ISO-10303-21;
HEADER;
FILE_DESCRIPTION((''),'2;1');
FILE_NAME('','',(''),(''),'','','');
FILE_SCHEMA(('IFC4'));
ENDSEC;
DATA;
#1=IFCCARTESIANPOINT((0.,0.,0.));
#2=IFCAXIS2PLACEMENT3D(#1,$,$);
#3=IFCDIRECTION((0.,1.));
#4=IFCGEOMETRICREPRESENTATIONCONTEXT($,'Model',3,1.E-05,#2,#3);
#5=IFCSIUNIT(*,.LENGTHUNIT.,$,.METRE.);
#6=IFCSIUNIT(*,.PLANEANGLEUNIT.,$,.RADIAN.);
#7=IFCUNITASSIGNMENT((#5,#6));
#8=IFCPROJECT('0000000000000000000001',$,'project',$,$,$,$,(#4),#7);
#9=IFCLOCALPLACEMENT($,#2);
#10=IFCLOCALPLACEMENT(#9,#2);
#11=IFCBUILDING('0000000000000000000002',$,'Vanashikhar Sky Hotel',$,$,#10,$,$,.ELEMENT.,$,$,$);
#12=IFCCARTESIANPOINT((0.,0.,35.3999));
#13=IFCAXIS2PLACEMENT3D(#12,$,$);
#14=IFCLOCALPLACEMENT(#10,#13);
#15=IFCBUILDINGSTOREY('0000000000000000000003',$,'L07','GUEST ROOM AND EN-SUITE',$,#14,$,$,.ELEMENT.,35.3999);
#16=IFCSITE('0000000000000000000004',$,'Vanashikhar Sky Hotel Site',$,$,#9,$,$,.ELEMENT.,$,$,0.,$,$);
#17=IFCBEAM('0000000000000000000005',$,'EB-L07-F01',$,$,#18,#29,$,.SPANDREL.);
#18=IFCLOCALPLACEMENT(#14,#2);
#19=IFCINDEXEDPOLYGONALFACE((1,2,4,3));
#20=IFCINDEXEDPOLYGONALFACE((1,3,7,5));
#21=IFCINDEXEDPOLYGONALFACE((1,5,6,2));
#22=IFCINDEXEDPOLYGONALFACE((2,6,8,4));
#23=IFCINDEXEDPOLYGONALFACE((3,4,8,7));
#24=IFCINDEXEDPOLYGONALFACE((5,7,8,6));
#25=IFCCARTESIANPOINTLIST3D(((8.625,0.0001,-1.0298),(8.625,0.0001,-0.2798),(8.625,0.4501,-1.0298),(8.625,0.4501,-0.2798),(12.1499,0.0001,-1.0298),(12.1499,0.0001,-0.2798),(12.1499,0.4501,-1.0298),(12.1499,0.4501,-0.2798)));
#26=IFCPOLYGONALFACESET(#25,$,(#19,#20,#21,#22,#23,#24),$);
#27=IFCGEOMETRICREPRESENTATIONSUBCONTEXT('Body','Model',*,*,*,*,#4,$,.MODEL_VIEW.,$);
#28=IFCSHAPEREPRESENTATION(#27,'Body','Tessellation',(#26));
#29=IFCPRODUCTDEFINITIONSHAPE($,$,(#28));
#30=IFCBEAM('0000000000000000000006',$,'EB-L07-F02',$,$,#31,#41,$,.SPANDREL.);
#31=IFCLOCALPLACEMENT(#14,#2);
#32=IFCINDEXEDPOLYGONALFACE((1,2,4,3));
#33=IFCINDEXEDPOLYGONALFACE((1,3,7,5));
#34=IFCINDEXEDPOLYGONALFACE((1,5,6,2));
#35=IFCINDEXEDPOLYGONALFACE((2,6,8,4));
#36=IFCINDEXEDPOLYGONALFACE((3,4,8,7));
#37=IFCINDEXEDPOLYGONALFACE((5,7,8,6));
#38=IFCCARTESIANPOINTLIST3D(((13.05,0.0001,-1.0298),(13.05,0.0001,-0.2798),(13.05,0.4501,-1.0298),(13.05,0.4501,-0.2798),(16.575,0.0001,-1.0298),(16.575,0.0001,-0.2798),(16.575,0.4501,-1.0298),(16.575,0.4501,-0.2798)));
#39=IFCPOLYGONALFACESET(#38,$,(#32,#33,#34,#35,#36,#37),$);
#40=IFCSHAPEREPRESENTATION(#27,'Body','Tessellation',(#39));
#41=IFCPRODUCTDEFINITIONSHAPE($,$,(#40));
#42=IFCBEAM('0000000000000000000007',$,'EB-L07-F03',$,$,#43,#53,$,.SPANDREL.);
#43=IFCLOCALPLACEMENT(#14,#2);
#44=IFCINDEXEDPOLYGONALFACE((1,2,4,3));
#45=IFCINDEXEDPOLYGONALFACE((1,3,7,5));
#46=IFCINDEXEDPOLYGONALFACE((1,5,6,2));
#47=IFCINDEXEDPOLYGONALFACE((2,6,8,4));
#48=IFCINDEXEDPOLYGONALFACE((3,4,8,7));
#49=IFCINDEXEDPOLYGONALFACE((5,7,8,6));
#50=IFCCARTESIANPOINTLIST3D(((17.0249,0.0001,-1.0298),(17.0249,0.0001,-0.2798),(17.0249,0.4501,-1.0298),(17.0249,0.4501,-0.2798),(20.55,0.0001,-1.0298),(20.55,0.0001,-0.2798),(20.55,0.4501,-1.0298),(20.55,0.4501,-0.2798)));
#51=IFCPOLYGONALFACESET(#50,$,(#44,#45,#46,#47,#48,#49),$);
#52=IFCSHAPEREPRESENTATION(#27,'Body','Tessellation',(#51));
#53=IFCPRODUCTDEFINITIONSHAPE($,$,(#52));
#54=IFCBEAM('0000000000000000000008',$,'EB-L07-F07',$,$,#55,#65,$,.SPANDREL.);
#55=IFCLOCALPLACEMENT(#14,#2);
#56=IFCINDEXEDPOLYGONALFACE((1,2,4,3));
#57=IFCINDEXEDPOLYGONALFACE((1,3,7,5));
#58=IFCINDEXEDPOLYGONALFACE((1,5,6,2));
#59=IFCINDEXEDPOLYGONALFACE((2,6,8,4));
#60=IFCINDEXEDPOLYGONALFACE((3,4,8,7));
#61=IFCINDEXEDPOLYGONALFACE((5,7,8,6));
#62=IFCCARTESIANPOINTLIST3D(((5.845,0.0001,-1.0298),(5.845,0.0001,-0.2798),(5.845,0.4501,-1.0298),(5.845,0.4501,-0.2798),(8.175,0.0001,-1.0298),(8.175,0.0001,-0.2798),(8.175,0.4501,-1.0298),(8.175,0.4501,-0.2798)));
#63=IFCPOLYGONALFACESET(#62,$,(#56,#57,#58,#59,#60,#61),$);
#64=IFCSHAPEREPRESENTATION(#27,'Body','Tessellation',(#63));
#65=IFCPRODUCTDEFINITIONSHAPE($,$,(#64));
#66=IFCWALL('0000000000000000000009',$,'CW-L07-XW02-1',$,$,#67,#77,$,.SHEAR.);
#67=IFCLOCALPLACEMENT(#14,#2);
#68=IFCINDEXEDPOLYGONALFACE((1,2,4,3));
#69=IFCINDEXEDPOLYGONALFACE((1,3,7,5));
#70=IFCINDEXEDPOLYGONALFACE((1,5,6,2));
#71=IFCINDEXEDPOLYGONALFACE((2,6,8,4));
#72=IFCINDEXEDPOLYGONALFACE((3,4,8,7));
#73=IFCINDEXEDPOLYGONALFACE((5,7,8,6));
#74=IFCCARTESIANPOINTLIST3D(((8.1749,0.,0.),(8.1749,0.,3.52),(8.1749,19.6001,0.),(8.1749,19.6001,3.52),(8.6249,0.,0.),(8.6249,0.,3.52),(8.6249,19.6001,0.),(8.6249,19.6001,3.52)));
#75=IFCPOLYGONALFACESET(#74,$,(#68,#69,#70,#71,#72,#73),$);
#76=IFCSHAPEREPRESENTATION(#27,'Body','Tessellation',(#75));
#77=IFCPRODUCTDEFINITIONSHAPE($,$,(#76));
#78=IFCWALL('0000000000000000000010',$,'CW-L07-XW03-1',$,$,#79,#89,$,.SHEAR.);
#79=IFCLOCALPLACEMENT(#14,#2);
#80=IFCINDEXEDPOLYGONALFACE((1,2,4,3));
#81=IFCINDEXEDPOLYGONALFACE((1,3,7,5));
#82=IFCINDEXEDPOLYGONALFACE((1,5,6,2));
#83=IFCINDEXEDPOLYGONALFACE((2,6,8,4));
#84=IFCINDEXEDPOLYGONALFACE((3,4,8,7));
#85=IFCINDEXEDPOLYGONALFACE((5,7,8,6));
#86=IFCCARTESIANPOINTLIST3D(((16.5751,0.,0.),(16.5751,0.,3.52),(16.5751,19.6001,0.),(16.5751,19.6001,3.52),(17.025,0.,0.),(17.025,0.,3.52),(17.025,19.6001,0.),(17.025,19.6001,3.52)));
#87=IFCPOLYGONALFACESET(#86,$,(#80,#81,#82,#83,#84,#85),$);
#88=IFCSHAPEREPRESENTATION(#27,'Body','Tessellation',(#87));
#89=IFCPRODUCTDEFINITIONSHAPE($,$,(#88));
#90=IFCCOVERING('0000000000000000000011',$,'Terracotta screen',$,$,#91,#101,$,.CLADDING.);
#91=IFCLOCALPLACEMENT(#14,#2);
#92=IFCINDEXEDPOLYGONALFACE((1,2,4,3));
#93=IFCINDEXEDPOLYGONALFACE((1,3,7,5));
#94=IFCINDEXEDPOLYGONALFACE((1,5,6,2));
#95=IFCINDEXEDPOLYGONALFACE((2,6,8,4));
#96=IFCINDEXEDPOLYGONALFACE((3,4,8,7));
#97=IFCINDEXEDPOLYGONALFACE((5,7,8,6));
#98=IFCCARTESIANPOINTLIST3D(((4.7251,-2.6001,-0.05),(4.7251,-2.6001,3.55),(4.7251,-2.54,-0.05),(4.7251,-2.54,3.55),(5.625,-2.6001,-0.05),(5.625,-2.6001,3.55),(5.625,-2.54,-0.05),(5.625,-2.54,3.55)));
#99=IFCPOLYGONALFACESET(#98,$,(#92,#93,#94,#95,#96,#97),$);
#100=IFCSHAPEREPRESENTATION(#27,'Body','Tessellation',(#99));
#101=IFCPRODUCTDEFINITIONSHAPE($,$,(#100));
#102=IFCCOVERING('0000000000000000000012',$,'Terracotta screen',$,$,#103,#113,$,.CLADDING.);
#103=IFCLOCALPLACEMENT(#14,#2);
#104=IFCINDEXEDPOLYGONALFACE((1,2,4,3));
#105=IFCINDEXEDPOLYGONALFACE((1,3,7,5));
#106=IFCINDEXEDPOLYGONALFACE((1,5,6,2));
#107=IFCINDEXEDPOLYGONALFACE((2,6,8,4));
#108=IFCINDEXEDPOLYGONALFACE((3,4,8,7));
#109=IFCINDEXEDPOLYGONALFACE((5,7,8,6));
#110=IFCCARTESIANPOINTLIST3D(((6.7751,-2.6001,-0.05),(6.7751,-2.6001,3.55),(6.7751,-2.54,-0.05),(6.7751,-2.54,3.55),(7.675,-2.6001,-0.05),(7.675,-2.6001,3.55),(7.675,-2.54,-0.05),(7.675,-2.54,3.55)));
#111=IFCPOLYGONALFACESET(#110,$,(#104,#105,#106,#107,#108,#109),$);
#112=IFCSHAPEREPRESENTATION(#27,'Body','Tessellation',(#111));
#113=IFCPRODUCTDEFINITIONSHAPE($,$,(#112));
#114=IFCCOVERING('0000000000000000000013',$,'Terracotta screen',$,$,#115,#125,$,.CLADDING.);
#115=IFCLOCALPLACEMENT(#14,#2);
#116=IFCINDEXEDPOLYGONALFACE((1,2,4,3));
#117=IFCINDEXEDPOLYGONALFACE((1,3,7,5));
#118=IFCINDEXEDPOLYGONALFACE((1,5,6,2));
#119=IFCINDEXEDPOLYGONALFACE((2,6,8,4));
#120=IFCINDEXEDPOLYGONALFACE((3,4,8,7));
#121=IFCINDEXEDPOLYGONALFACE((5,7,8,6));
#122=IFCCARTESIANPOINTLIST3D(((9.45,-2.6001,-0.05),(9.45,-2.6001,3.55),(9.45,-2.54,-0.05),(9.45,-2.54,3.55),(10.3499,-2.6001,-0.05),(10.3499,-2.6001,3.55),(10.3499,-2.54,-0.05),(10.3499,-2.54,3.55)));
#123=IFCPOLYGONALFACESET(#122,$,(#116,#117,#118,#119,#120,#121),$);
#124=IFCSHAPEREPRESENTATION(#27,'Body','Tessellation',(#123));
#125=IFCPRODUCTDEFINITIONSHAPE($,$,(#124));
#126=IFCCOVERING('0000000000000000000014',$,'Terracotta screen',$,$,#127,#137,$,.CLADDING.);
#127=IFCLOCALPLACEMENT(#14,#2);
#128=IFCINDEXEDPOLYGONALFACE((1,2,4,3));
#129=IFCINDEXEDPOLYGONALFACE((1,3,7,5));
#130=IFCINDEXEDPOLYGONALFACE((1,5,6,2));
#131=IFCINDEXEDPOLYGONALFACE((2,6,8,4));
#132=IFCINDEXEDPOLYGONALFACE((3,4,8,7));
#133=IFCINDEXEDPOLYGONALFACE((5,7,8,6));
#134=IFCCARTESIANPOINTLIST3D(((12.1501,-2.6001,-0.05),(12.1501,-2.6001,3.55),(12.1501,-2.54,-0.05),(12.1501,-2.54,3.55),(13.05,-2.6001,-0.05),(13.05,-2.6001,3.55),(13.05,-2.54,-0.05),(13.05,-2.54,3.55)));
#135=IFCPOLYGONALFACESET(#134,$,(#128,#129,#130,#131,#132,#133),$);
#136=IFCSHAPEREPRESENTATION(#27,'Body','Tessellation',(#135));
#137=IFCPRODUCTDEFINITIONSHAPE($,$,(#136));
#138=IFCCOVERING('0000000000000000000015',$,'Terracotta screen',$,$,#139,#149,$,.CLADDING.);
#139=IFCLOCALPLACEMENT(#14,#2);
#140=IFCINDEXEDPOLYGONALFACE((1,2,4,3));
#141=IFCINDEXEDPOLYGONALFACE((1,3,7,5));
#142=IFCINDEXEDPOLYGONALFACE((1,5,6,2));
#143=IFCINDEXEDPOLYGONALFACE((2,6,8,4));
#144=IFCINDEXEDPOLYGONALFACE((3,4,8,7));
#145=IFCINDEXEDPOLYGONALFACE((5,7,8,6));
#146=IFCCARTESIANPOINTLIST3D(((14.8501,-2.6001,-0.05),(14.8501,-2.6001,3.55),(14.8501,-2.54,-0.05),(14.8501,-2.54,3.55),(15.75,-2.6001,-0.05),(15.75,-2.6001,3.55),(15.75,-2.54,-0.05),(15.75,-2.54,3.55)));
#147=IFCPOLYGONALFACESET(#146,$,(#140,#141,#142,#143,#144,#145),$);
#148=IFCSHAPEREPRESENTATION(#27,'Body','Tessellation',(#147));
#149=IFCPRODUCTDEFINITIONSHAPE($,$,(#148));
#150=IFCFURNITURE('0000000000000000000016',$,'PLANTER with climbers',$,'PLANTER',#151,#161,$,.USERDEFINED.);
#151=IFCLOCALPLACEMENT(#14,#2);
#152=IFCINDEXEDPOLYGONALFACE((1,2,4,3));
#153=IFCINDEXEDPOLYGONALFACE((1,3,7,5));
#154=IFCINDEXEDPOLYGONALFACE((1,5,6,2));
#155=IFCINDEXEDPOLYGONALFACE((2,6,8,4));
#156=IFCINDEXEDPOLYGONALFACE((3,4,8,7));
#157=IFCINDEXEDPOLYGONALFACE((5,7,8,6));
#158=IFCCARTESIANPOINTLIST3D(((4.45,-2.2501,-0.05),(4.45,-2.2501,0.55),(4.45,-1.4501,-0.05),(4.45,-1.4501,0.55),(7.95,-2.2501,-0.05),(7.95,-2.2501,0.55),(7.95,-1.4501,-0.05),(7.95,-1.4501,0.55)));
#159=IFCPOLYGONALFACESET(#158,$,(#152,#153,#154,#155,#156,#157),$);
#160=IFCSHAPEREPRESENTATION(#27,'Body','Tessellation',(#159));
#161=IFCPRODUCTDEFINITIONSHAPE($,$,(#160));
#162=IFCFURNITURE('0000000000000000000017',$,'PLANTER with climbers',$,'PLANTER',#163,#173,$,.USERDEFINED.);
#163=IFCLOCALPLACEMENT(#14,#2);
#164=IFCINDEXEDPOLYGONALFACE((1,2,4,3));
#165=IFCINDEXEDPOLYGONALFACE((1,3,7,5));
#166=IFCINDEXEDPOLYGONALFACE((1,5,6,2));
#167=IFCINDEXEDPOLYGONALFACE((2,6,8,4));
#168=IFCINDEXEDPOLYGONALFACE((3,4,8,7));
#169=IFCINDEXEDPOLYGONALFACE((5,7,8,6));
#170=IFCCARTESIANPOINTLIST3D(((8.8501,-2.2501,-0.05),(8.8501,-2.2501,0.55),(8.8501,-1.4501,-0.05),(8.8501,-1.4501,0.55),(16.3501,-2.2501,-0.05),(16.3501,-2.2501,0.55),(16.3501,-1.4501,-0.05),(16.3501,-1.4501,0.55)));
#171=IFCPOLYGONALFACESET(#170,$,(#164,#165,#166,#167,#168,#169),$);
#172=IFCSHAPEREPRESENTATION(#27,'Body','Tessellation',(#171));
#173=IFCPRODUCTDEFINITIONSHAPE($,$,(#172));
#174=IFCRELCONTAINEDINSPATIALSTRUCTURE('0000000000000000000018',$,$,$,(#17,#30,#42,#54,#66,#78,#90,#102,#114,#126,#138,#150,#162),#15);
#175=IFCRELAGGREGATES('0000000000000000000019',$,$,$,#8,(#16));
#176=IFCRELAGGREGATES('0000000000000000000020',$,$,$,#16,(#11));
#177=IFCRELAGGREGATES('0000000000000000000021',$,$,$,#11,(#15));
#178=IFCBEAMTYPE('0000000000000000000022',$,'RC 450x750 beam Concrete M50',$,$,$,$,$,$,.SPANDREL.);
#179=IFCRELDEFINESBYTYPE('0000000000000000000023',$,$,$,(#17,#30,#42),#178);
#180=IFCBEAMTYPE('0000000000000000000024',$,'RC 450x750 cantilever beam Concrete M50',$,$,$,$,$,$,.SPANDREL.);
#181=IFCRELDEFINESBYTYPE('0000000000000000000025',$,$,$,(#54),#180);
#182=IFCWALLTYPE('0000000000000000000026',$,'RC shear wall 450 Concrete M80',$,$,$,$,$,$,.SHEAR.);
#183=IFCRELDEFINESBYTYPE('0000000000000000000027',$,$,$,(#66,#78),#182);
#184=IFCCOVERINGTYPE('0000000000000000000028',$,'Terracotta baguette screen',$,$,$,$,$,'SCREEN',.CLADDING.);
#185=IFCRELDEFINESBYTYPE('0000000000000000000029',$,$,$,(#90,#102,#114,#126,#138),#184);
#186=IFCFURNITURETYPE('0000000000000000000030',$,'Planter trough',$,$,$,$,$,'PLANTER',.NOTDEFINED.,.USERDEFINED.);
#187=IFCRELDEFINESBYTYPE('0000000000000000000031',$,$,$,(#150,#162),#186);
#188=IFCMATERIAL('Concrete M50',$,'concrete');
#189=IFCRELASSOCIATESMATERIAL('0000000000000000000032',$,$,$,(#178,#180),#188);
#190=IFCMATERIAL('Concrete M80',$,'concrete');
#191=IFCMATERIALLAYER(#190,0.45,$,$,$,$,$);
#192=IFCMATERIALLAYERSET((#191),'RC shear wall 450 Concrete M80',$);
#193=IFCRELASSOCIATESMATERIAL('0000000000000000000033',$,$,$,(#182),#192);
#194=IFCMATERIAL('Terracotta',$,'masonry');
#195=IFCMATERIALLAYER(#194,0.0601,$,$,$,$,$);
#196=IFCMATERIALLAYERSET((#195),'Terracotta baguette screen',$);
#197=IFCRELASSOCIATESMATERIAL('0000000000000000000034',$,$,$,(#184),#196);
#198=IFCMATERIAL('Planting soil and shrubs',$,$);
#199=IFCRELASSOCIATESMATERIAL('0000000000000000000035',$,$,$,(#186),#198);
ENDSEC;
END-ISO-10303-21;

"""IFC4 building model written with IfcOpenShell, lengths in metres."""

from ifc_helpers import new_model, si_unit, direction, frame, frame_2d, origin, origin_2d, place, context, subcontext, project, spatial, rectangle, extrude, source, transform, mapped, material, layer, layer_set, material_profile, profile_set, type_object, element, save


model = new_model("IFC4")

# Units and contexts
model_context = context("Model", 3, precision=1e-05, world=origin(), true_north=direction((0.0, 1.0)))
body_context = subcontext(model_context, "Body", "Model", "MODEL_VIEW")
ifc_project = project(units=[si_unit("LENGTHUNIT", "METRE"), si_unit("PLANEANGLEUNIT", "RADIAN")], contexts=[model_context])

# Site, building, storey
site_placement = place(None, origin())
site = spatial("IfcSite", under=ifc_project, at=site_placement, Name="Vanashikhar Sky Hotel Site", CompositionType="ELEMENT", RefElevation=0.0)
building_placement = place(site_placement, origin())
building = spatial("IfcBuilding", under=site, at=building_placement, Name="Vanashikhar Sky Hotel", CompositionType="ELEMENT")
storey_placement = place(building_placement, frame((0.0, 0.0, 35.3999)))
storey = spatial("IfcBuildingStorey", under=building, at=storey_placement, Name="L07", Description="GUEST ROOM AND EN-SUITE", CompositionType="ELEMENT", Elevation=35.3999)

# Beams
ifc_material_1 = material(Name="Concrete M50", Category="concrete")
ifc_material_profile_1 = material_profile(ifc_material_1, rectangle(XDim=0.45, YDim=0.75, at=origin_2d()))
ifc_profile_set_1 = profile_set([ifc_material_profile_1], Name="RC 450x750 beam Concrete M50")
beam_type_1 = type_object("IfcBeamType", Name="RC 450x750 beam Concrete M50", PredefinedType="SPANDREL", material=ifc_profile_set_1)
shared_shape_1 = source(origin(), body_context, "Body", "SweptSolid", [
    extrude(rectangle(XDim=0.45, YDim=0.75, at=origin_2d()), origin(), (0.0, 0.0, 1.0), 3.5249),
])
for number, where, z_axis, x_axis, name in (
    (1, (8.625, 0.2251, -0.6548), (1.0, 0.0, 0.0), (0.0, 1.0, 0.0), "EB-L07-F01"),
    (2, (13.05, 0.2251, -0.6548), (1.0, 0.0, 0.0), (0.0, 1.0, 0.0), "EB-L07-F02"),
):
    element("IfcBeam", number, at=place(storey_placement, frame(where, z_axis=z_axis, x_axis=x_axis)), inside=storey, type_object=beam_type_1, Name=name, PredefinedType="SPANDREL", context=body_context, shape_type="MappedRepresentation", body=[
        mapped(shared_shape_1, transform((0.0, 0.0, 0.0), scale=1.0)),
    ])
shared_shape_2 = source(origin(), body_context, "Body", "SweptSolid", [
    extrude(rectangle(XDim=0.45, YDim=0.75, at=origin_2d()), origin(), (0.0, 0.0, 1.0), 3.5251),
])
beam_1_placement = place(storey_placement, frame((17.0249, 0.2251, -0.6548), z_axis=(1.0, 0.0, 0.0), x_axis=(0.0, 1.0, 0.0)))
element("IfcBeam", 3, at=beam_1_placement, inside=storey, type_object=beam_type_1, Name="EB-L07-F03", PredefinedType="SPANDREL", context=body_context, shape_type="MappedRepresentation", body=[
    mapped(shared_shape_2, transform((0.0, 0.0, 0.0), scale=1.0)),
])
ifc_material_profile_2 = material_profile(ifc_material_1, rectangle(XDim=0.45, YDim=0.75, at=origin_2d()))
ifc_profile_set_2 = profile_set([ifc_material_profile_2], Name="RC 450x750 cantilever beam Concrete M50")
beam_type_2 = type_object("IfcBeamType", Name="RC 450x750 cantilever beam Concrete M50", PredefinedType="SPANDREL", material=ifc_profile_set_2)
shared_shape_3 = source(origin(), body_context, "Body", "SweptSolid", [
    extrude(rectangle(XDim=0.45, YDim=0.75, at=origin_2d()), origin(), (0.0, 0.0, 1.0), 2.3301),
])
beam_2_placement = place(storey_placement, frame((5.845, 0.2251, -0.6548), z_axis=(1.0, 0.0, 0.0), x_axis=(0.0, 1.0, 0.0)))
element("IfcBeam", 4, at=beam_2_placement, inside=storey, type_object=beam_type_2, Name="EB-L07-F07", PredefinedType="SPANDREL", context=body_context, shape_type="MappedRepresentation", body=[
    mapped(shared_shape_3, transform((0.0, 0.0, 0.0), scale=1.0)),
])

# Walls
ifc_material_2 = material(Name="Concrete M80", Category="concrete")
ifc_layer_1 = layer(ifc_material_2, 0.45)
ifc_layer_set_1 = layer_set([ifc_layer_1], Name="RC shear wall 450 Concrete M80")
wall_type = type_object("IfcWallType", Name="RC shear wall 450 Concrete M80", PredefinedType="SHEAR", material=ifc_layer_set_1)
shared_shape_4 = source(origin(), body_context, "Body", "SweptSolid", [
    extrude(rectangle(XDim=19.6001, YDim=0.45, at=frame_2d((9.8, 0.0))), origin(), (0.0, 0.0, 1.0), 3.52),
])
for number, where, z_axis, x_axis, name in (
    (5, (8.3999, 0.0, 0.0), (0.0, 0.0, 1.0), (0.0, 1.0, 0.0), "CW-L07-XW02-1"),
    (6, (16.8, 0.0, 0.0), (0.0, 0.0, 1.0), (0.0, 1.0, 0.0), "CW-L07-XW03-1"),
):
    element("IfcWall", number, at=place(storey_placement, frame(where, z_axis=z_axis, x_axis=x_axis)), inside=storey, type_object=wall_type, Name=name, PredefinedType="SHEAR", context=body_context, shape_type="MappedRepresentation", body=[
        mapped(shared_shape_4, transform((0.0, 0.0, 0.0), scale=1.0)),
    ])

# Coverings
ifc_material_3 = material(Name="Terracotta", Category="masonry")
ifc_layer_2 = layer(ifc_material_3, 0.0601)
ifc_layer_set_2 = layer_set([ifc_layer_2], Name="Terracotta baguette screen")
covering_type = type_object("IfcCoveringType", Name="Terracotta baguette screen", ElementType="SCREEN", PredefinedType="CLADDING", material=ifc_layer_set_2)
shared_shape_5 = source(origin(), body_context, "Body", "SweptSolid", [
    extrude(rectangle(XDim=0.8999, YDim=0.0601, at=origin_2d()), origin(), (0.0, 0.0, 1.0), 3.6001),
])
for number, where, z_axis, x_axis, name in (
    (7, (5.175, -2.5701, -0.05), (0.0, 0.0, 1.0), (1.0, 0.0, 0.0), "Terracotta screen"),
    (8, (7.2251, -2.5701, -0.05), (0.0, 0.0, 1.0), (1.0, 0.0, 0.0), "Terracotta screen"),
    (9, (9.8999, -2.5701, -0.05), (0.0, 0.0, 1.0), (1.0, 0.0, 0.0), "Terracotta screen"),
    (10, (12.6001, -2.5701, -0.05), (0.0, 0.0, 1.0), (1.0, 0.0, 0.0), "Terracotta screen"),
    (11, (15.3, -2.5701, -0.05), (0.0, 0.0, 1.0), (1.0, 0.0, 0.0), "Terracotta screen"),
):
    element("IfcCovering", number, at=place(storey_placement, frame(where, z_axis=z_axis, x_axis=x_axis)), inside=storey, type_object=covering_type, Name=name, PredefinedType="CLADDING", context=body_context, shape_type="MappedRepresentation", body=[
        mapped(shared_shape_5, transform((0.0, 0.0, 0.0), scale=1.0)),
    ])

# Furniture
ifc_material_4 = material(Name="Planting soil and shrubs")
furniture_type = type_object("IfcFurnitureType", Name="Planter trough", ElementType="PLANTER", AssemblyPlace="NOTDEFINED", PredefinedType="USERDEFINED", material=ifc_material_4)
shared_shape_6 = source(origin(), body_context, "Body", "SweptSolid", [
    extrude(rectangle(XDim=3.5, YDim=0.8, at=origin_2d()), origin(), (0.0, 0.0, 1.0), 0.6001),
])
furniture_1_placement = place(storey_placement, frame((6.2, -1.8501, -0.05), z_axis=(0.0, 0.0, 1.0), x_axis=(1.0, 0.0, 0.0)))
element("IfcFurniture", 12, at=furniture_1_placement, inside=storey, type_object=furniture_type, Name="PLANTER with climbers", ObjectType="PLANTER", PredefinedType="USERDEFINED", context=body_context, shape_type="MappedRepresentation", body=[
    mapped(shared_shape_6, transform((0.0, 0.0, 0.0), scale=1.0)),
])
shared_shape_7 = source(origin(), body_context, "Body", "SweptSolid", [
    extrude(rectangle(XDim=7.5, YDim=0.8, at=origin_2d()), origin(), (0.0, 0.0, 1.0), 0.6001),
])
furniture_2_placement = place(storey_placement, frame((12.6001, -1.8501, -0.05), z_axis=(0.0, 0.0, 1.0), x_axis=(1.0, 0.0, 0.0)))
element("IfcFurniture", 13, at=furniture_2_placement, inside=storey, type_object=furniture_type, Name="PLANTER with climbers", ObjectType="PLANTER", PredefinedType="USERDEFINED", context=body_context, shape_type="MappedRepresentation", body=[
    mapped(shared_shape_7, transform((0.0, 0.0, 0.0), scale=1.0)),
])

save(model, "model.ifc")
